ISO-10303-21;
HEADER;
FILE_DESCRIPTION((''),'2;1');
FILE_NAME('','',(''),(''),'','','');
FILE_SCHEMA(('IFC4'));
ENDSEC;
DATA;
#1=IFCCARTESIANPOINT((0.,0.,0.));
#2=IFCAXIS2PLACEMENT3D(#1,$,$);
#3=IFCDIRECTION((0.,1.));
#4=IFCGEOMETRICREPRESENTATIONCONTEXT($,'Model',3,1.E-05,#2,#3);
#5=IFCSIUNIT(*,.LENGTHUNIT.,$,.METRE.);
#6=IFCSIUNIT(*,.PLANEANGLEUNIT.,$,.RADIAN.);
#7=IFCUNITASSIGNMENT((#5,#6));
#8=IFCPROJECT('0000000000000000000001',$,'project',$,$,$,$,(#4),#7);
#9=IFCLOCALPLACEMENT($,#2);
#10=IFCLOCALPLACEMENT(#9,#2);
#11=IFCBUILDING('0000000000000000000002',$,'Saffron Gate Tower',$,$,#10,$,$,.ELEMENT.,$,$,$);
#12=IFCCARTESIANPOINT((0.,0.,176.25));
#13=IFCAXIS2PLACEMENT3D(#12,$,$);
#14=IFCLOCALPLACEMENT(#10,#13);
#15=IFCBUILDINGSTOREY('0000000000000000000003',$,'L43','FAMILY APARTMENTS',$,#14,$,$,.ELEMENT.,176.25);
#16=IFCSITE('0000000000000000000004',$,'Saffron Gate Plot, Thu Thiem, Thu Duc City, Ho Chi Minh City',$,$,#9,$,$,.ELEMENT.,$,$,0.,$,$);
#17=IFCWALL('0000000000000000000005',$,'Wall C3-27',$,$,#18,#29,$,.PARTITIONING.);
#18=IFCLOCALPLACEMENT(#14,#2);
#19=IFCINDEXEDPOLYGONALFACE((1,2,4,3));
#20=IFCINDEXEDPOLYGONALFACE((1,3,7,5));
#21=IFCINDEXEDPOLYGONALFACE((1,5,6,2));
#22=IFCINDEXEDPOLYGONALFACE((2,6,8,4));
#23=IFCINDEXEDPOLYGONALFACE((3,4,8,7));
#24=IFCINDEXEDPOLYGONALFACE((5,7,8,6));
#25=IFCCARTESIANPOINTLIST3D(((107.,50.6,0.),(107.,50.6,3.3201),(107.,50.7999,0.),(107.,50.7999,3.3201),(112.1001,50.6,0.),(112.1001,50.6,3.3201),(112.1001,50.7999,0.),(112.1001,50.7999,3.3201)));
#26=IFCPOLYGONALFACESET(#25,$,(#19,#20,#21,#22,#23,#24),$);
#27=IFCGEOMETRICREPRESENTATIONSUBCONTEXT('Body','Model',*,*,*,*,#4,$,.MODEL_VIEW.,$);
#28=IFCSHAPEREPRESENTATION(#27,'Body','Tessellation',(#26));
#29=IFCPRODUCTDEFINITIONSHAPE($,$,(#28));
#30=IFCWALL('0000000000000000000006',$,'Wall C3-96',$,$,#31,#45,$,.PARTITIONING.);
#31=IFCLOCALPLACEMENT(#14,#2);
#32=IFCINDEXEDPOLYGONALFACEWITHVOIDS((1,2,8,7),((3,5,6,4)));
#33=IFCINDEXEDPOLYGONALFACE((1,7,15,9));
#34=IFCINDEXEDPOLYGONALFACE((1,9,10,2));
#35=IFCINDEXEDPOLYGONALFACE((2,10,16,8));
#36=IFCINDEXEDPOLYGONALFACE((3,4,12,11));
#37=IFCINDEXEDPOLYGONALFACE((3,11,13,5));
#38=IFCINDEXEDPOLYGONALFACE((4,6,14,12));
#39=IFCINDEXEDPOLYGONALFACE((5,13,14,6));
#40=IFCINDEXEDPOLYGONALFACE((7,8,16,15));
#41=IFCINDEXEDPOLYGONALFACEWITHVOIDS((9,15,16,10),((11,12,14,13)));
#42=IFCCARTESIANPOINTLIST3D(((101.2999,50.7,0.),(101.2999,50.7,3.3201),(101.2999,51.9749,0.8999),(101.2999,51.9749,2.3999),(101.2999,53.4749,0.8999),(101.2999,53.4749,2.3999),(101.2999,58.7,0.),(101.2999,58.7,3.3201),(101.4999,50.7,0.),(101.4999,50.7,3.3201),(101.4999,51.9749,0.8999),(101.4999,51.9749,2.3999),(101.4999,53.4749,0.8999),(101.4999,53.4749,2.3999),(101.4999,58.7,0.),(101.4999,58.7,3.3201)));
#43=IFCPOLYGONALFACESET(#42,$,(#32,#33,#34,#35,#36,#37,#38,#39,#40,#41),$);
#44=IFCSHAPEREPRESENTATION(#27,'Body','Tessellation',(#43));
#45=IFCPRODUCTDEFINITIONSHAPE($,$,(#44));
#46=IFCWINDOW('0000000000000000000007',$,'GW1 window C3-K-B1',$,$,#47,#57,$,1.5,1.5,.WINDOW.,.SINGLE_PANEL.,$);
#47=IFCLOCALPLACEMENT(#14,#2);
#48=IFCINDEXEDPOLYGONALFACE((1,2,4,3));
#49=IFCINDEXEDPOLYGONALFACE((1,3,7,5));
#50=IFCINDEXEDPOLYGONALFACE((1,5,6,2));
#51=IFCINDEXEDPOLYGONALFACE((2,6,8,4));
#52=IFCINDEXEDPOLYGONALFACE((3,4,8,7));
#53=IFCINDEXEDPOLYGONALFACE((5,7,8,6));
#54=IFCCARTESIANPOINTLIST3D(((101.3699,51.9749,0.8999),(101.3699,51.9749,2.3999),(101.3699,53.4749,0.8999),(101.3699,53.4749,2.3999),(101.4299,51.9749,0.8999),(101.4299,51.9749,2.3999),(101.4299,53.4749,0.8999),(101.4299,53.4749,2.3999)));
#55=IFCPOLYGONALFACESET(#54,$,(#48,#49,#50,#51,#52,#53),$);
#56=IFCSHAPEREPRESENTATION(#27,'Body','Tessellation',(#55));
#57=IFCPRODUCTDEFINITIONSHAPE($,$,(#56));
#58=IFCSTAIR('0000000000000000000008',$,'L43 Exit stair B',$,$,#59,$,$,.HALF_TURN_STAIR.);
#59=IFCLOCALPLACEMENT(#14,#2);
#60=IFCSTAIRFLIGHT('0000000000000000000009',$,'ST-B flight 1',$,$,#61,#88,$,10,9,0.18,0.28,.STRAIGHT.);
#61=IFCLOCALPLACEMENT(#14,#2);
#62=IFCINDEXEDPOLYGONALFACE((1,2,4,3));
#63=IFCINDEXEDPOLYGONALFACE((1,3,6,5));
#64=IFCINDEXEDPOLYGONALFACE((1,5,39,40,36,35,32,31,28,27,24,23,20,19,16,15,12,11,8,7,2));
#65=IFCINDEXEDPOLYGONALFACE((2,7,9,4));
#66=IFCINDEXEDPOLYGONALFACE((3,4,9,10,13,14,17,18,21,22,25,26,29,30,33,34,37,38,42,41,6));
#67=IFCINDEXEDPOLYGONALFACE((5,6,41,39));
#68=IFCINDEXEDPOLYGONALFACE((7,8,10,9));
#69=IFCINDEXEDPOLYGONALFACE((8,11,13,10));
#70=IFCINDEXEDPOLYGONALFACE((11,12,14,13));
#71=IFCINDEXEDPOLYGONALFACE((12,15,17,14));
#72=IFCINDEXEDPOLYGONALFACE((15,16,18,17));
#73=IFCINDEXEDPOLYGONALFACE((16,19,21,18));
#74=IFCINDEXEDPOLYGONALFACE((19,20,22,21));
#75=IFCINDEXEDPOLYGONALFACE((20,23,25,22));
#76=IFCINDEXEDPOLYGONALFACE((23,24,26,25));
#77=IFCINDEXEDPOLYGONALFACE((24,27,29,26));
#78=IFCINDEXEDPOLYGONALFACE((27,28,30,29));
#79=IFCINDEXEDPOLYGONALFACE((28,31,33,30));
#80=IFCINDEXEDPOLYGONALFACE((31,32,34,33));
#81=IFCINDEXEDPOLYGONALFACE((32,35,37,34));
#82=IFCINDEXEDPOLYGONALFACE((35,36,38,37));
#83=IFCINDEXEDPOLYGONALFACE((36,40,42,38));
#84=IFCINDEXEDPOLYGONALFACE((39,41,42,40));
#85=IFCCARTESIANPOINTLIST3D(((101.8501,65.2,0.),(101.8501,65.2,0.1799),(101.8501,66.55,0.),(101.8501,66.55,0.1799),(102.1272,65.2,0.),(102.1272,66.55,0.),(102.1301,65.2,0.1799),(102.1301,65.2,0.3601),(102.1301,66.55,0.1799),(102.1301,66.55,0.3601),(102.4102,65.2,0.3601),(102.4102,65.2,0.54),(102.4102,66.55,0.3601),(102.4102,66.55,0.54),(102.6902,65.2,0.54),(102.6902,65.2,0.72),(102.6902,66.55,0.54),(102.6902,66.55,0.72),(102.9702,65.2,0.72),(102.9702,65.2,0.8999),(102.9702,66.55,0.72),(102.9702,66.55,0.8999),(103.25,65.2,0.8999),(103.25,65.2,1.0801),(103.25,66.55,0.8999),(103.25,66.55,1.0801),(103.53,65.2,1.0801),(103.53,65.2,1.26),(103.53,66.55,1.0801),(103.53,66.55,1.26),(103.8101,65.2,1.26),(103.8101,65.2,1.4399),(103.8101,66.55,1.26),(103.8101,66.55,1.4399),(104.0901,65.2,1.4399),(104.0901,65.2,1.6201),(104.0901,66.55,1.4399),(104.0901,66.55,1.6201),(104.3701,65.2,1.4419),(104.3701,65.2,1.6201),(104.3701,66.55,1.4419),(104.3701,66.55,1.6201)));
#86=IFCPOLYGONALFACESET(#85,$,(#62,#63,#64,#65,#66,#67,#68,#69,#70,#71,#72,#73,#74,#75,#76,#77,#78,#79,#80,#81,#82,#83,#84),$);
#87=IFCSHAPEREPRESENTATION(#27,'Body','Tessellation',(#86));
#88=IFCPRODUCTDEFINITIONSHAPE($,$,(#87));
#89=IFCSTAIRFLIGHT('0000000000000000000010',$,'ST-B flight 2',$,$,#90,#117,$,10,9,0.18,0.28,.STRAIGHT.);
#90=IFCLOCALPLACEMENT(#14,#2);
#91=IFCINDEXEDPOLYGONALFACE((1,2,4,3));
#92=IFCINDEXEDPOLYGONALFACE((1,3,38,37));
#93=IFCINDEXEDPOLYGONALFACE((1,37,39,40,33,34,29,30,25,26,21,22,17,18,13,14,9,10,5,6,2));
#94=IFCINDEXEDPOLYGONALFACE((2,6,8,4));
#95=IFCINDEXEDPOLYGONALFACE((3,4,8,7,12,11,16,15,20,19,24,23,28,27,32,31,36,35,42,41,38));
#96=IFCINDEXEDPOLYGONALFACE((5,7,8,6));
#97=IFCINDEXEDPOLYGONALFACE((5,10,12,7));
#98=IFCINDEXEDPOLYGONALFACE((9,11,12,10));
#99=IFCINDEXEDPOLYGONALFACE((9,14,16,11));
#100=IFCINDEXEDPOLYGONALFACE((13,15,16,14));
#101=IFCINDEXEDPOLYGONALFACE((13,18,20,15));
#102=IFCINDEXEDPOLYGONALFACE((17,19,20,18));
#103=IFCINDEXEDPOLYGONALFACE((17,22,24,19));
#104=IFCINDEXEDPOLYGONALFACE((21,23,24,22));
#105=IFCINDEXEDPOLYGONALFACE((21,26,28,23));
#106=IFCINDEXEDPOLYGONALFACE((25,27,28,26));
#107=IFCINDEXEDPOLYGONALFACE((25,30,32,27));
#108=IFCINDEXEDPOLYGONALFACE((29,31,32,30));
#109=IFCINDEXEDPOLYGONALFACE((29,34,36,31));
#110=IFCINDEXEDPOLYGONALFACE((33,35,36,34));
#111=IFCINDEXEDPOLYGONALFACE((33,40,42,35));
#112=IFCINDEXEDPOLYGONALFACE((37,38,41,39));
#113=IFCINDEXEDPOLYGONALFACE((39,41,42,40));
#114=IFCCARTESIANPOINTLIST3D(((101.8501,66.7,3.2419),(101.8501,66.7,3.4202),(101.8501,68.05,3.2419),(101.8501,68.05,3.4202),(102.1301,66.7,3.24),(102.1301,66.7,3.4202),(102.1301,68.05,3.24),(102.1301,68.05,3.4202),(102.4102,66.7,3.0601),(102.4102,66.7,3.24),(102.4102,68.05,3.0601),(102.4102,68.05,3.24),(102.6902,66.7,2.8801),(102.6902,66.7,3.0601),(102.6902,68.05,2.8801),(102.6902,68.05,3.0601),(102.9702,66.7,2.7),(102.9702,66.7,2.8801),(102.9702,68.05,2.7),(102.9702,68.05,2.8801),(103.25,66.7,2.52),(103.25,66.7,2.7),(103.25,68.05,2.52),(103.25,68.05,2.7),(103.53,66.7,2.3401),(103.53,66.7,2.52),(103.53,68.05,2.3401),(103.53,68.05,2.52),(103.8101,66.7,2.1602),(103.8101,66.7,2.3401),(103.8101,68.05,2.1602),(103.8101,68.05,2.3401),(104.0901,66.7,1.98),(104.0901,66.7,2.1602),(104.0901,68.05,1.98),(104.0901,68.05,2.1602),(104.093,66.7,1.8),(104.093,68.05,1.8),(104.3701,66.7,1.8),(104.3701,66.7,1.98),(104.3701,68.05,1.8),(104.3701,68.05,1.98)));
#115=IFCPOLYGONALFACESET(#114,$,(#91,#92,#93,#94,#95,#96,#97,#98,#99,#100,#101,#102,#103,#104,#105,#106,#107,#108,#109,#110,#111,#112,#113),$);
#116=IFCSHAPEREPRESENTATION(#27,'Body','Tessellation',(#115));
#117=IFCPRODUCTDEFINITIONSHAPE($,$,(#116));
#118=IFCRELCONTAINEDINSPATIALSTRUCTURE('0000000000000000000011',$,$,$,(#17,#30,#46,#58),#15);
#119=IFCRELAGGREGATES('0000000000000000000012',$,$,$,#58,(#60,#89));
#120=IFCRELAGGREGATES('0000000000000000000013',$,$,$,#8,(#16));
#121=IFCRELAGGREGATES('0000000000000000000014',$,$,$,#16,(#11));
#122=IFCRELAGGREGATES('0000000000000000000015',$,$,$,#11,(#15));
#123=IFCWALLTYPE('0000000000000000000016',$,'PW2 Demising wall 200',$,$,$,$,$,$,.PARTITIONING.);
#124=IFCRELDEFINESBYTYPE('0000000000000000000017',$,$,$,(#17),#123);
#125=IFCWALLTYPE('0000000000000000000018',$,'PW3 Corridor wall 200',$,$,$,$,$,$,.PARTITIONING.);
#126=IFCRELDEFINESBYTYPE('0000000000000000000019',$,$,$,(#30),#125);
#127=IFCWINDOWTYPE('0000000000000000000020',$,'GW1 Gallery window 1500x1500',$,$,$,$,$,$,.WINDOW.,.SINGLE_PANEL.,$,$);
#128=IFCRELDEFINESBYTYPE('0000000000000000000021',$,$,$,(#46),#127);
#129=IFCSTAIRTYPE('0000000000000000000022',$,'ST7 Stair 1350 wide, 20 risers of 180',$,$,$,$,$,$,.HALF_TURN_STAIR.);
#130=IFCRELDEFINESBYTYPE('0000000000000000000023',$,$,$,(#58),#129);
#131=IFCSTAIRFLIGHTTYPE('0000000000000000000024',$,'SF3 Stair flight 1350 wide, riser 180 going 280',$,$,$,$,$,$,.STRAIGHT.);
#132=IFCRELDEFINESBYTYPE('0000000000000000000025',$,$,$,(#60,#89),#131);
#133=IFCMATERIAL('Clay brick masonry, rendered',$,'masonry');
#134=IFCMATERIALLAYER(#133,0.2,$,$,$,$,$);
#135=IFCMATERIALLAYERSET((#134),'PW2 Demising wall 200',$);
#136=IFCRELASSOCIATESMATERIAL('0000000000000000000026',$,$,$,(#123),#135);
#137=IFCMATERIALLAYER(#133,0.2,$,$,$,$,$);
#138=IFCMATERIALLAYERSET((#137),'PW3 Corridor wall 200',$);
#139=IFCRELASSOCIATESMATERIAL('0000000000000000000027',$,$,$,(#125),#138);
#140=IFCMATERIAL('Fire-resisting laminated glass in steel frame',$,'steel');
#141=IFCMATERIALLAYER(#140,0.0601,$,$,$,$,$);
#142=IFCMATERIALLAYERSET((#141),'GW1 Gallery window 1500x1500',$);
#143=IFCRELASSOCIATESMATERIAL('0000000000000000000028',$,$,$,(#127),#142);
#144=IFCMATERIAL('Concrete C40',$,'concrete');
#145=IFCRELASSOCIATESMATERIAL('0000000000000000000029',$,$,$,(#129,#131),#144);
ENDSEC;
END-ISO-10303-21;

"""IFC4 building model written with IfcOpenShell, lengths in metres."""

from ifc_helpers import new_model, si_unit, direction, frame, frame_2d, origin, place, context, subcontext, project, spatial, polyline, rectangle, outline, extrude, material, layer, layer_set, type_object, element, fill, aggregate, save


model = new_model("IFC4")

# Units and contexts
model_context = context("Model", 3, precision=1e-05, world=origin(), true_north=direction((0.0, 1.0)))
body_context = subcontext(model_context, "Body", "Model", "MODEL_VIEW")
ifc_project = project(units=[si_unit("LENGTHUNIT", "METRE"), si_unit("PLANEANGLEUNIT", "RADIAN")], contexts=[model_context])

# Site, building, storey
site_placement = place(None, origin())
site = spatial("IfcSite", under=ifc_project, at=site_placement, Name="Saffron Gate Plot, Thu Thiem, Thu Duc City, Ho Chi Minh City", CompositionType="ELEMENT", RefElevation=0.0)
building_placement = place(site_placement, origin())
building = spatial("IfcBuilding", under=site, at=building_placement, Name="Saffron Gate Tower", CompositionType="ELEMENT")
storey_placement = place(building_placement, frame((0.0, 0.0, 176.25)))
storey = spatial("IfcBuildingStorey", under=building, at=storey_placement, Name="L43", Description="FAMILY APARTMENTS", CompositionType="ELEMENT", Elevation=176.25)

# Wall
ifc_material_1 = material(Name="Clay brick masonry, rendered", Category="masonry")
ifc_layer_1 = layer(ifc_material_1, 0.2)
ifc_layer_set_1 = layer_set([ifc_layer_1], Name="PW2 Demising wall 200")
wall_type_1 = type_object("IfcWallType", Name="PW2 Demising wall 200", PredefinedType="PARTITIONING", material=ifc_layer_set_1)
wall_1_placement = place(storey_placement, frame((107.0, 50.7, 0.0), z_axis=(0.0, 0.0, 1.0), x_axis=(1.0, 0.0, 0.0)))
element("IfcWall", 1, at=wall_1_placement, inside=storey, type_object=wall_type_1, Name="Wall C3-27", PredefinedType="PARTITIONING", context=body_context, shape_type="SweptSolid", body=[
    extrude(rectangle(XDim=5.1001, YDim=0.2, at=frame_2d((2.55, 0.0))), origin(), (0.0, 0.0, 1.0), 3.3201),
])

# Wall, opening, window
ifc_layer_2 = layer(ifc_material_1, 0.2)
ifc_layer_set_2 = layer_set([ifc_layer_2], Name="PW3 Corridor wall 200")
wall_type_2 = type_object("IfcWallType", Name="PW3 Corridor wall 200", PredefinedType="PARTITIONING", material=ifc_layer_set_2)
wall_2_placement = place(storey_placement, frame((101.3999, 58.7, 0.0), z_axis=(0.0, 0.0, 1.0), x_axis=(0.0, -1.0, 0.0)))
wall_2 = element("IfcWall", 2, at=wall_2_placement, inside=storey, type_object=wall_type_2, Name="Wall C3-96", PredefinedType="PARTITIONING", context=body_context, shape_type="SweptSolid", body=[
    extrude(rectangle(XDim=8.0, YDim=0.2, at=frame_2d((4.0, 0.0))), origin(), (0.0, 0.0, 1.0), 3.3201),
])
opening_1_placement = place(wall_2_placement, frame((5.2251, 0.0, 0.8999)))
opening_1 = element("IfcOpeningElement", 3, at=opening_1_placement, cuts=wall_2, PredefinedType="OPENING", context=body_context, shape_type="SweptSolid", body=[
    extrude(rectangle(XDim=1.5, YDim=1.5, at=frame_2d((0.75, 0.75))), frame((0.0, 0.1099, 0.0), z_axis=(0.0, -1.0, 0.0), x_axis=(1.0, 0.0, 0.0)), (0.0, 0.0, 1.0), 0.22),
])
ifc_material_2 = material(Name="Fire-resisting laminated glass in steel frame", Category="steel")
ifc_layer_3 = layer(ifc_material_2, 0.0601)
ifc_layer_set_3 = layer_set([ifc_layer_3], Name="GW1 Gallery window 1500x1500")
window_type = type_object("IfcWindowType", Name="GW1 Gallery window 1500x1500", PartitioningType="SINGLE_PANEL", PredefinedType="WINDOW", material=ifc_layer_set_3)
window_placement = place(opening_1_placement, origin())
window = element("IfcWindow", 4, at=window_placement, inside=storey, type_object=window_type, Name="GW1 window C3-K-B1", OverallHeight=1.5, OverallWidth=1.5, PartitioningType="SINGLE_PANEL", PredefinedType="WINDOW", context=body_context, shape_type="SweptSolid", body=[
    extrude(rectangle(XDim=1.5, YDim=1.5, at=frame_2d((0.75, 0.75))), frame((0.0, 0.03, 0.0), z_axis=(0.0, -1.0, 0.0), x_axis=(1.0, 0.0, 0.0)), (0.0, 0.0, 1.0), 0.0601),
])
fill(opening_1, window)

# Stair, stair flights
ifc_material_3 = material(Name="Concrete C40", Category="concrete")
stair_type = type_object("IfcStairType", Name="ST7 Stair 1350 wide, 20 risers of 180", PredefinedType="HALF_TURN_STAIR", material=ifc_material_3)
stair_placement = place(storey_placement, origin())
stair = element("IfcStair", 5, at=stair_placement, inside=storey, type_object=stair_type, Name="L43 Exit stair B", PredefinedType="HALF_TURN_STAIR")
stair_flight_type = type_object("IfcStairFlightType", Name="SF3 Stair flight 1350 wide, riser 180 going 280", PredefinedType="STRAIGHT", material=ifc_material_3)
stair_flight_1_placement = place(storey_placement, frame((101.8501, 65.875, 0.0), z_axis=(0.0, 0.0, 1.0), x_axis=(1.0, 0.0, 0.0)))
stair_flight_1 = element("IfcStairFlight", 6, at=stair_flight_1_placement, type_object=stair_flight_type, Name="ST-B flight 1", NumberOfRisers=10, NumberOfTreads=9, PredefinedType="STRAIGHT", RiserHeight=0.18, TreadLength=0.28, context=body_context, shape_type="SweptSolid", body=[
    extrude(outline(polyline([(0.0, 0.0), (0.0, 0.1799), (0.28, 0.1799), (0.28, 0.3601), (0.5601, 0.3601), (0.5601, 0.54), (0.8401, 0.54), (0.8401, 0.72), (1.1201, 0.72), (1.1201, 0.8999), (1.3999, 0.8999), (1.3999, 1.0801), (1.6799, 1.0801), (1.6799, 1.26), (1.96, 1.26), (1.96, 1.4399), (2.24, 1.4399), (2.24, 1.6201), (2.52, 1.6201), (2.52, 1.8), (2.52, 1.4419), (0.2771, 0.0), (0.0, 0.0)])), frame((0.0, 0.675, 0.0), z_axis=(0.0, -1.0, 0.0), x_axis=(1.0, 0.0, 0.0)), (0.0, 0.0, 1.0), 1.3501),
])
stair_flight_2_placement = place(storey_placement, frame((104.3701, 67.375, 1.8), z_axis=(0.0, 0.0, 1.0), x_axis=(-1.0, 0.0, 0.0)))
stair_flight_2 = element("IfcStairFlight", 7, at=stair_flight_2_placement, type_object=stair_flight_type, Name="ST-B flight 2", NumberOfRisers=10, NumberOfTreads=9, PredefinedType="STRAIGHT", RiserHeight=0.18, TreadLength=0.28, context=body_context, shape_type="SweptSolid", body=[
    extrude(outline(polyline([(0.0, 0.0), (0.0, 0.1799), (0.28, 0.1799), (0.28, 0.3601), (0.5601, 0.3601), (0.5601, 0.54), (0.8401, 0.54), (0.8401, 0.72), (1.1201, 0.72), (1.1201, 0.8999), (1.3999, 0.8999), (1.3999, 1.0801), (1.6799, 1.0801), (1.6799, 1.26), (1.96, 1.26), (1.96, 1.4399), (2.24, 1.4399), (2.24, 1.6201), (2.52, 1.6201), (2.52, 1.8), (2.52, 1.4419), (0.2771, 0.0), (0.0, 0.0)])), frame((0.0, 0.675, 0.0), z_axis=(0.0, -1.0, 0.0), x_axis=(1.0, 0.0, 0.0)), (0.0, 0.0, 1.0), 1.3501),
])
aggregate(stair, [stair_flight_1, stair_flight_2])

save(model, "model.ifc")
